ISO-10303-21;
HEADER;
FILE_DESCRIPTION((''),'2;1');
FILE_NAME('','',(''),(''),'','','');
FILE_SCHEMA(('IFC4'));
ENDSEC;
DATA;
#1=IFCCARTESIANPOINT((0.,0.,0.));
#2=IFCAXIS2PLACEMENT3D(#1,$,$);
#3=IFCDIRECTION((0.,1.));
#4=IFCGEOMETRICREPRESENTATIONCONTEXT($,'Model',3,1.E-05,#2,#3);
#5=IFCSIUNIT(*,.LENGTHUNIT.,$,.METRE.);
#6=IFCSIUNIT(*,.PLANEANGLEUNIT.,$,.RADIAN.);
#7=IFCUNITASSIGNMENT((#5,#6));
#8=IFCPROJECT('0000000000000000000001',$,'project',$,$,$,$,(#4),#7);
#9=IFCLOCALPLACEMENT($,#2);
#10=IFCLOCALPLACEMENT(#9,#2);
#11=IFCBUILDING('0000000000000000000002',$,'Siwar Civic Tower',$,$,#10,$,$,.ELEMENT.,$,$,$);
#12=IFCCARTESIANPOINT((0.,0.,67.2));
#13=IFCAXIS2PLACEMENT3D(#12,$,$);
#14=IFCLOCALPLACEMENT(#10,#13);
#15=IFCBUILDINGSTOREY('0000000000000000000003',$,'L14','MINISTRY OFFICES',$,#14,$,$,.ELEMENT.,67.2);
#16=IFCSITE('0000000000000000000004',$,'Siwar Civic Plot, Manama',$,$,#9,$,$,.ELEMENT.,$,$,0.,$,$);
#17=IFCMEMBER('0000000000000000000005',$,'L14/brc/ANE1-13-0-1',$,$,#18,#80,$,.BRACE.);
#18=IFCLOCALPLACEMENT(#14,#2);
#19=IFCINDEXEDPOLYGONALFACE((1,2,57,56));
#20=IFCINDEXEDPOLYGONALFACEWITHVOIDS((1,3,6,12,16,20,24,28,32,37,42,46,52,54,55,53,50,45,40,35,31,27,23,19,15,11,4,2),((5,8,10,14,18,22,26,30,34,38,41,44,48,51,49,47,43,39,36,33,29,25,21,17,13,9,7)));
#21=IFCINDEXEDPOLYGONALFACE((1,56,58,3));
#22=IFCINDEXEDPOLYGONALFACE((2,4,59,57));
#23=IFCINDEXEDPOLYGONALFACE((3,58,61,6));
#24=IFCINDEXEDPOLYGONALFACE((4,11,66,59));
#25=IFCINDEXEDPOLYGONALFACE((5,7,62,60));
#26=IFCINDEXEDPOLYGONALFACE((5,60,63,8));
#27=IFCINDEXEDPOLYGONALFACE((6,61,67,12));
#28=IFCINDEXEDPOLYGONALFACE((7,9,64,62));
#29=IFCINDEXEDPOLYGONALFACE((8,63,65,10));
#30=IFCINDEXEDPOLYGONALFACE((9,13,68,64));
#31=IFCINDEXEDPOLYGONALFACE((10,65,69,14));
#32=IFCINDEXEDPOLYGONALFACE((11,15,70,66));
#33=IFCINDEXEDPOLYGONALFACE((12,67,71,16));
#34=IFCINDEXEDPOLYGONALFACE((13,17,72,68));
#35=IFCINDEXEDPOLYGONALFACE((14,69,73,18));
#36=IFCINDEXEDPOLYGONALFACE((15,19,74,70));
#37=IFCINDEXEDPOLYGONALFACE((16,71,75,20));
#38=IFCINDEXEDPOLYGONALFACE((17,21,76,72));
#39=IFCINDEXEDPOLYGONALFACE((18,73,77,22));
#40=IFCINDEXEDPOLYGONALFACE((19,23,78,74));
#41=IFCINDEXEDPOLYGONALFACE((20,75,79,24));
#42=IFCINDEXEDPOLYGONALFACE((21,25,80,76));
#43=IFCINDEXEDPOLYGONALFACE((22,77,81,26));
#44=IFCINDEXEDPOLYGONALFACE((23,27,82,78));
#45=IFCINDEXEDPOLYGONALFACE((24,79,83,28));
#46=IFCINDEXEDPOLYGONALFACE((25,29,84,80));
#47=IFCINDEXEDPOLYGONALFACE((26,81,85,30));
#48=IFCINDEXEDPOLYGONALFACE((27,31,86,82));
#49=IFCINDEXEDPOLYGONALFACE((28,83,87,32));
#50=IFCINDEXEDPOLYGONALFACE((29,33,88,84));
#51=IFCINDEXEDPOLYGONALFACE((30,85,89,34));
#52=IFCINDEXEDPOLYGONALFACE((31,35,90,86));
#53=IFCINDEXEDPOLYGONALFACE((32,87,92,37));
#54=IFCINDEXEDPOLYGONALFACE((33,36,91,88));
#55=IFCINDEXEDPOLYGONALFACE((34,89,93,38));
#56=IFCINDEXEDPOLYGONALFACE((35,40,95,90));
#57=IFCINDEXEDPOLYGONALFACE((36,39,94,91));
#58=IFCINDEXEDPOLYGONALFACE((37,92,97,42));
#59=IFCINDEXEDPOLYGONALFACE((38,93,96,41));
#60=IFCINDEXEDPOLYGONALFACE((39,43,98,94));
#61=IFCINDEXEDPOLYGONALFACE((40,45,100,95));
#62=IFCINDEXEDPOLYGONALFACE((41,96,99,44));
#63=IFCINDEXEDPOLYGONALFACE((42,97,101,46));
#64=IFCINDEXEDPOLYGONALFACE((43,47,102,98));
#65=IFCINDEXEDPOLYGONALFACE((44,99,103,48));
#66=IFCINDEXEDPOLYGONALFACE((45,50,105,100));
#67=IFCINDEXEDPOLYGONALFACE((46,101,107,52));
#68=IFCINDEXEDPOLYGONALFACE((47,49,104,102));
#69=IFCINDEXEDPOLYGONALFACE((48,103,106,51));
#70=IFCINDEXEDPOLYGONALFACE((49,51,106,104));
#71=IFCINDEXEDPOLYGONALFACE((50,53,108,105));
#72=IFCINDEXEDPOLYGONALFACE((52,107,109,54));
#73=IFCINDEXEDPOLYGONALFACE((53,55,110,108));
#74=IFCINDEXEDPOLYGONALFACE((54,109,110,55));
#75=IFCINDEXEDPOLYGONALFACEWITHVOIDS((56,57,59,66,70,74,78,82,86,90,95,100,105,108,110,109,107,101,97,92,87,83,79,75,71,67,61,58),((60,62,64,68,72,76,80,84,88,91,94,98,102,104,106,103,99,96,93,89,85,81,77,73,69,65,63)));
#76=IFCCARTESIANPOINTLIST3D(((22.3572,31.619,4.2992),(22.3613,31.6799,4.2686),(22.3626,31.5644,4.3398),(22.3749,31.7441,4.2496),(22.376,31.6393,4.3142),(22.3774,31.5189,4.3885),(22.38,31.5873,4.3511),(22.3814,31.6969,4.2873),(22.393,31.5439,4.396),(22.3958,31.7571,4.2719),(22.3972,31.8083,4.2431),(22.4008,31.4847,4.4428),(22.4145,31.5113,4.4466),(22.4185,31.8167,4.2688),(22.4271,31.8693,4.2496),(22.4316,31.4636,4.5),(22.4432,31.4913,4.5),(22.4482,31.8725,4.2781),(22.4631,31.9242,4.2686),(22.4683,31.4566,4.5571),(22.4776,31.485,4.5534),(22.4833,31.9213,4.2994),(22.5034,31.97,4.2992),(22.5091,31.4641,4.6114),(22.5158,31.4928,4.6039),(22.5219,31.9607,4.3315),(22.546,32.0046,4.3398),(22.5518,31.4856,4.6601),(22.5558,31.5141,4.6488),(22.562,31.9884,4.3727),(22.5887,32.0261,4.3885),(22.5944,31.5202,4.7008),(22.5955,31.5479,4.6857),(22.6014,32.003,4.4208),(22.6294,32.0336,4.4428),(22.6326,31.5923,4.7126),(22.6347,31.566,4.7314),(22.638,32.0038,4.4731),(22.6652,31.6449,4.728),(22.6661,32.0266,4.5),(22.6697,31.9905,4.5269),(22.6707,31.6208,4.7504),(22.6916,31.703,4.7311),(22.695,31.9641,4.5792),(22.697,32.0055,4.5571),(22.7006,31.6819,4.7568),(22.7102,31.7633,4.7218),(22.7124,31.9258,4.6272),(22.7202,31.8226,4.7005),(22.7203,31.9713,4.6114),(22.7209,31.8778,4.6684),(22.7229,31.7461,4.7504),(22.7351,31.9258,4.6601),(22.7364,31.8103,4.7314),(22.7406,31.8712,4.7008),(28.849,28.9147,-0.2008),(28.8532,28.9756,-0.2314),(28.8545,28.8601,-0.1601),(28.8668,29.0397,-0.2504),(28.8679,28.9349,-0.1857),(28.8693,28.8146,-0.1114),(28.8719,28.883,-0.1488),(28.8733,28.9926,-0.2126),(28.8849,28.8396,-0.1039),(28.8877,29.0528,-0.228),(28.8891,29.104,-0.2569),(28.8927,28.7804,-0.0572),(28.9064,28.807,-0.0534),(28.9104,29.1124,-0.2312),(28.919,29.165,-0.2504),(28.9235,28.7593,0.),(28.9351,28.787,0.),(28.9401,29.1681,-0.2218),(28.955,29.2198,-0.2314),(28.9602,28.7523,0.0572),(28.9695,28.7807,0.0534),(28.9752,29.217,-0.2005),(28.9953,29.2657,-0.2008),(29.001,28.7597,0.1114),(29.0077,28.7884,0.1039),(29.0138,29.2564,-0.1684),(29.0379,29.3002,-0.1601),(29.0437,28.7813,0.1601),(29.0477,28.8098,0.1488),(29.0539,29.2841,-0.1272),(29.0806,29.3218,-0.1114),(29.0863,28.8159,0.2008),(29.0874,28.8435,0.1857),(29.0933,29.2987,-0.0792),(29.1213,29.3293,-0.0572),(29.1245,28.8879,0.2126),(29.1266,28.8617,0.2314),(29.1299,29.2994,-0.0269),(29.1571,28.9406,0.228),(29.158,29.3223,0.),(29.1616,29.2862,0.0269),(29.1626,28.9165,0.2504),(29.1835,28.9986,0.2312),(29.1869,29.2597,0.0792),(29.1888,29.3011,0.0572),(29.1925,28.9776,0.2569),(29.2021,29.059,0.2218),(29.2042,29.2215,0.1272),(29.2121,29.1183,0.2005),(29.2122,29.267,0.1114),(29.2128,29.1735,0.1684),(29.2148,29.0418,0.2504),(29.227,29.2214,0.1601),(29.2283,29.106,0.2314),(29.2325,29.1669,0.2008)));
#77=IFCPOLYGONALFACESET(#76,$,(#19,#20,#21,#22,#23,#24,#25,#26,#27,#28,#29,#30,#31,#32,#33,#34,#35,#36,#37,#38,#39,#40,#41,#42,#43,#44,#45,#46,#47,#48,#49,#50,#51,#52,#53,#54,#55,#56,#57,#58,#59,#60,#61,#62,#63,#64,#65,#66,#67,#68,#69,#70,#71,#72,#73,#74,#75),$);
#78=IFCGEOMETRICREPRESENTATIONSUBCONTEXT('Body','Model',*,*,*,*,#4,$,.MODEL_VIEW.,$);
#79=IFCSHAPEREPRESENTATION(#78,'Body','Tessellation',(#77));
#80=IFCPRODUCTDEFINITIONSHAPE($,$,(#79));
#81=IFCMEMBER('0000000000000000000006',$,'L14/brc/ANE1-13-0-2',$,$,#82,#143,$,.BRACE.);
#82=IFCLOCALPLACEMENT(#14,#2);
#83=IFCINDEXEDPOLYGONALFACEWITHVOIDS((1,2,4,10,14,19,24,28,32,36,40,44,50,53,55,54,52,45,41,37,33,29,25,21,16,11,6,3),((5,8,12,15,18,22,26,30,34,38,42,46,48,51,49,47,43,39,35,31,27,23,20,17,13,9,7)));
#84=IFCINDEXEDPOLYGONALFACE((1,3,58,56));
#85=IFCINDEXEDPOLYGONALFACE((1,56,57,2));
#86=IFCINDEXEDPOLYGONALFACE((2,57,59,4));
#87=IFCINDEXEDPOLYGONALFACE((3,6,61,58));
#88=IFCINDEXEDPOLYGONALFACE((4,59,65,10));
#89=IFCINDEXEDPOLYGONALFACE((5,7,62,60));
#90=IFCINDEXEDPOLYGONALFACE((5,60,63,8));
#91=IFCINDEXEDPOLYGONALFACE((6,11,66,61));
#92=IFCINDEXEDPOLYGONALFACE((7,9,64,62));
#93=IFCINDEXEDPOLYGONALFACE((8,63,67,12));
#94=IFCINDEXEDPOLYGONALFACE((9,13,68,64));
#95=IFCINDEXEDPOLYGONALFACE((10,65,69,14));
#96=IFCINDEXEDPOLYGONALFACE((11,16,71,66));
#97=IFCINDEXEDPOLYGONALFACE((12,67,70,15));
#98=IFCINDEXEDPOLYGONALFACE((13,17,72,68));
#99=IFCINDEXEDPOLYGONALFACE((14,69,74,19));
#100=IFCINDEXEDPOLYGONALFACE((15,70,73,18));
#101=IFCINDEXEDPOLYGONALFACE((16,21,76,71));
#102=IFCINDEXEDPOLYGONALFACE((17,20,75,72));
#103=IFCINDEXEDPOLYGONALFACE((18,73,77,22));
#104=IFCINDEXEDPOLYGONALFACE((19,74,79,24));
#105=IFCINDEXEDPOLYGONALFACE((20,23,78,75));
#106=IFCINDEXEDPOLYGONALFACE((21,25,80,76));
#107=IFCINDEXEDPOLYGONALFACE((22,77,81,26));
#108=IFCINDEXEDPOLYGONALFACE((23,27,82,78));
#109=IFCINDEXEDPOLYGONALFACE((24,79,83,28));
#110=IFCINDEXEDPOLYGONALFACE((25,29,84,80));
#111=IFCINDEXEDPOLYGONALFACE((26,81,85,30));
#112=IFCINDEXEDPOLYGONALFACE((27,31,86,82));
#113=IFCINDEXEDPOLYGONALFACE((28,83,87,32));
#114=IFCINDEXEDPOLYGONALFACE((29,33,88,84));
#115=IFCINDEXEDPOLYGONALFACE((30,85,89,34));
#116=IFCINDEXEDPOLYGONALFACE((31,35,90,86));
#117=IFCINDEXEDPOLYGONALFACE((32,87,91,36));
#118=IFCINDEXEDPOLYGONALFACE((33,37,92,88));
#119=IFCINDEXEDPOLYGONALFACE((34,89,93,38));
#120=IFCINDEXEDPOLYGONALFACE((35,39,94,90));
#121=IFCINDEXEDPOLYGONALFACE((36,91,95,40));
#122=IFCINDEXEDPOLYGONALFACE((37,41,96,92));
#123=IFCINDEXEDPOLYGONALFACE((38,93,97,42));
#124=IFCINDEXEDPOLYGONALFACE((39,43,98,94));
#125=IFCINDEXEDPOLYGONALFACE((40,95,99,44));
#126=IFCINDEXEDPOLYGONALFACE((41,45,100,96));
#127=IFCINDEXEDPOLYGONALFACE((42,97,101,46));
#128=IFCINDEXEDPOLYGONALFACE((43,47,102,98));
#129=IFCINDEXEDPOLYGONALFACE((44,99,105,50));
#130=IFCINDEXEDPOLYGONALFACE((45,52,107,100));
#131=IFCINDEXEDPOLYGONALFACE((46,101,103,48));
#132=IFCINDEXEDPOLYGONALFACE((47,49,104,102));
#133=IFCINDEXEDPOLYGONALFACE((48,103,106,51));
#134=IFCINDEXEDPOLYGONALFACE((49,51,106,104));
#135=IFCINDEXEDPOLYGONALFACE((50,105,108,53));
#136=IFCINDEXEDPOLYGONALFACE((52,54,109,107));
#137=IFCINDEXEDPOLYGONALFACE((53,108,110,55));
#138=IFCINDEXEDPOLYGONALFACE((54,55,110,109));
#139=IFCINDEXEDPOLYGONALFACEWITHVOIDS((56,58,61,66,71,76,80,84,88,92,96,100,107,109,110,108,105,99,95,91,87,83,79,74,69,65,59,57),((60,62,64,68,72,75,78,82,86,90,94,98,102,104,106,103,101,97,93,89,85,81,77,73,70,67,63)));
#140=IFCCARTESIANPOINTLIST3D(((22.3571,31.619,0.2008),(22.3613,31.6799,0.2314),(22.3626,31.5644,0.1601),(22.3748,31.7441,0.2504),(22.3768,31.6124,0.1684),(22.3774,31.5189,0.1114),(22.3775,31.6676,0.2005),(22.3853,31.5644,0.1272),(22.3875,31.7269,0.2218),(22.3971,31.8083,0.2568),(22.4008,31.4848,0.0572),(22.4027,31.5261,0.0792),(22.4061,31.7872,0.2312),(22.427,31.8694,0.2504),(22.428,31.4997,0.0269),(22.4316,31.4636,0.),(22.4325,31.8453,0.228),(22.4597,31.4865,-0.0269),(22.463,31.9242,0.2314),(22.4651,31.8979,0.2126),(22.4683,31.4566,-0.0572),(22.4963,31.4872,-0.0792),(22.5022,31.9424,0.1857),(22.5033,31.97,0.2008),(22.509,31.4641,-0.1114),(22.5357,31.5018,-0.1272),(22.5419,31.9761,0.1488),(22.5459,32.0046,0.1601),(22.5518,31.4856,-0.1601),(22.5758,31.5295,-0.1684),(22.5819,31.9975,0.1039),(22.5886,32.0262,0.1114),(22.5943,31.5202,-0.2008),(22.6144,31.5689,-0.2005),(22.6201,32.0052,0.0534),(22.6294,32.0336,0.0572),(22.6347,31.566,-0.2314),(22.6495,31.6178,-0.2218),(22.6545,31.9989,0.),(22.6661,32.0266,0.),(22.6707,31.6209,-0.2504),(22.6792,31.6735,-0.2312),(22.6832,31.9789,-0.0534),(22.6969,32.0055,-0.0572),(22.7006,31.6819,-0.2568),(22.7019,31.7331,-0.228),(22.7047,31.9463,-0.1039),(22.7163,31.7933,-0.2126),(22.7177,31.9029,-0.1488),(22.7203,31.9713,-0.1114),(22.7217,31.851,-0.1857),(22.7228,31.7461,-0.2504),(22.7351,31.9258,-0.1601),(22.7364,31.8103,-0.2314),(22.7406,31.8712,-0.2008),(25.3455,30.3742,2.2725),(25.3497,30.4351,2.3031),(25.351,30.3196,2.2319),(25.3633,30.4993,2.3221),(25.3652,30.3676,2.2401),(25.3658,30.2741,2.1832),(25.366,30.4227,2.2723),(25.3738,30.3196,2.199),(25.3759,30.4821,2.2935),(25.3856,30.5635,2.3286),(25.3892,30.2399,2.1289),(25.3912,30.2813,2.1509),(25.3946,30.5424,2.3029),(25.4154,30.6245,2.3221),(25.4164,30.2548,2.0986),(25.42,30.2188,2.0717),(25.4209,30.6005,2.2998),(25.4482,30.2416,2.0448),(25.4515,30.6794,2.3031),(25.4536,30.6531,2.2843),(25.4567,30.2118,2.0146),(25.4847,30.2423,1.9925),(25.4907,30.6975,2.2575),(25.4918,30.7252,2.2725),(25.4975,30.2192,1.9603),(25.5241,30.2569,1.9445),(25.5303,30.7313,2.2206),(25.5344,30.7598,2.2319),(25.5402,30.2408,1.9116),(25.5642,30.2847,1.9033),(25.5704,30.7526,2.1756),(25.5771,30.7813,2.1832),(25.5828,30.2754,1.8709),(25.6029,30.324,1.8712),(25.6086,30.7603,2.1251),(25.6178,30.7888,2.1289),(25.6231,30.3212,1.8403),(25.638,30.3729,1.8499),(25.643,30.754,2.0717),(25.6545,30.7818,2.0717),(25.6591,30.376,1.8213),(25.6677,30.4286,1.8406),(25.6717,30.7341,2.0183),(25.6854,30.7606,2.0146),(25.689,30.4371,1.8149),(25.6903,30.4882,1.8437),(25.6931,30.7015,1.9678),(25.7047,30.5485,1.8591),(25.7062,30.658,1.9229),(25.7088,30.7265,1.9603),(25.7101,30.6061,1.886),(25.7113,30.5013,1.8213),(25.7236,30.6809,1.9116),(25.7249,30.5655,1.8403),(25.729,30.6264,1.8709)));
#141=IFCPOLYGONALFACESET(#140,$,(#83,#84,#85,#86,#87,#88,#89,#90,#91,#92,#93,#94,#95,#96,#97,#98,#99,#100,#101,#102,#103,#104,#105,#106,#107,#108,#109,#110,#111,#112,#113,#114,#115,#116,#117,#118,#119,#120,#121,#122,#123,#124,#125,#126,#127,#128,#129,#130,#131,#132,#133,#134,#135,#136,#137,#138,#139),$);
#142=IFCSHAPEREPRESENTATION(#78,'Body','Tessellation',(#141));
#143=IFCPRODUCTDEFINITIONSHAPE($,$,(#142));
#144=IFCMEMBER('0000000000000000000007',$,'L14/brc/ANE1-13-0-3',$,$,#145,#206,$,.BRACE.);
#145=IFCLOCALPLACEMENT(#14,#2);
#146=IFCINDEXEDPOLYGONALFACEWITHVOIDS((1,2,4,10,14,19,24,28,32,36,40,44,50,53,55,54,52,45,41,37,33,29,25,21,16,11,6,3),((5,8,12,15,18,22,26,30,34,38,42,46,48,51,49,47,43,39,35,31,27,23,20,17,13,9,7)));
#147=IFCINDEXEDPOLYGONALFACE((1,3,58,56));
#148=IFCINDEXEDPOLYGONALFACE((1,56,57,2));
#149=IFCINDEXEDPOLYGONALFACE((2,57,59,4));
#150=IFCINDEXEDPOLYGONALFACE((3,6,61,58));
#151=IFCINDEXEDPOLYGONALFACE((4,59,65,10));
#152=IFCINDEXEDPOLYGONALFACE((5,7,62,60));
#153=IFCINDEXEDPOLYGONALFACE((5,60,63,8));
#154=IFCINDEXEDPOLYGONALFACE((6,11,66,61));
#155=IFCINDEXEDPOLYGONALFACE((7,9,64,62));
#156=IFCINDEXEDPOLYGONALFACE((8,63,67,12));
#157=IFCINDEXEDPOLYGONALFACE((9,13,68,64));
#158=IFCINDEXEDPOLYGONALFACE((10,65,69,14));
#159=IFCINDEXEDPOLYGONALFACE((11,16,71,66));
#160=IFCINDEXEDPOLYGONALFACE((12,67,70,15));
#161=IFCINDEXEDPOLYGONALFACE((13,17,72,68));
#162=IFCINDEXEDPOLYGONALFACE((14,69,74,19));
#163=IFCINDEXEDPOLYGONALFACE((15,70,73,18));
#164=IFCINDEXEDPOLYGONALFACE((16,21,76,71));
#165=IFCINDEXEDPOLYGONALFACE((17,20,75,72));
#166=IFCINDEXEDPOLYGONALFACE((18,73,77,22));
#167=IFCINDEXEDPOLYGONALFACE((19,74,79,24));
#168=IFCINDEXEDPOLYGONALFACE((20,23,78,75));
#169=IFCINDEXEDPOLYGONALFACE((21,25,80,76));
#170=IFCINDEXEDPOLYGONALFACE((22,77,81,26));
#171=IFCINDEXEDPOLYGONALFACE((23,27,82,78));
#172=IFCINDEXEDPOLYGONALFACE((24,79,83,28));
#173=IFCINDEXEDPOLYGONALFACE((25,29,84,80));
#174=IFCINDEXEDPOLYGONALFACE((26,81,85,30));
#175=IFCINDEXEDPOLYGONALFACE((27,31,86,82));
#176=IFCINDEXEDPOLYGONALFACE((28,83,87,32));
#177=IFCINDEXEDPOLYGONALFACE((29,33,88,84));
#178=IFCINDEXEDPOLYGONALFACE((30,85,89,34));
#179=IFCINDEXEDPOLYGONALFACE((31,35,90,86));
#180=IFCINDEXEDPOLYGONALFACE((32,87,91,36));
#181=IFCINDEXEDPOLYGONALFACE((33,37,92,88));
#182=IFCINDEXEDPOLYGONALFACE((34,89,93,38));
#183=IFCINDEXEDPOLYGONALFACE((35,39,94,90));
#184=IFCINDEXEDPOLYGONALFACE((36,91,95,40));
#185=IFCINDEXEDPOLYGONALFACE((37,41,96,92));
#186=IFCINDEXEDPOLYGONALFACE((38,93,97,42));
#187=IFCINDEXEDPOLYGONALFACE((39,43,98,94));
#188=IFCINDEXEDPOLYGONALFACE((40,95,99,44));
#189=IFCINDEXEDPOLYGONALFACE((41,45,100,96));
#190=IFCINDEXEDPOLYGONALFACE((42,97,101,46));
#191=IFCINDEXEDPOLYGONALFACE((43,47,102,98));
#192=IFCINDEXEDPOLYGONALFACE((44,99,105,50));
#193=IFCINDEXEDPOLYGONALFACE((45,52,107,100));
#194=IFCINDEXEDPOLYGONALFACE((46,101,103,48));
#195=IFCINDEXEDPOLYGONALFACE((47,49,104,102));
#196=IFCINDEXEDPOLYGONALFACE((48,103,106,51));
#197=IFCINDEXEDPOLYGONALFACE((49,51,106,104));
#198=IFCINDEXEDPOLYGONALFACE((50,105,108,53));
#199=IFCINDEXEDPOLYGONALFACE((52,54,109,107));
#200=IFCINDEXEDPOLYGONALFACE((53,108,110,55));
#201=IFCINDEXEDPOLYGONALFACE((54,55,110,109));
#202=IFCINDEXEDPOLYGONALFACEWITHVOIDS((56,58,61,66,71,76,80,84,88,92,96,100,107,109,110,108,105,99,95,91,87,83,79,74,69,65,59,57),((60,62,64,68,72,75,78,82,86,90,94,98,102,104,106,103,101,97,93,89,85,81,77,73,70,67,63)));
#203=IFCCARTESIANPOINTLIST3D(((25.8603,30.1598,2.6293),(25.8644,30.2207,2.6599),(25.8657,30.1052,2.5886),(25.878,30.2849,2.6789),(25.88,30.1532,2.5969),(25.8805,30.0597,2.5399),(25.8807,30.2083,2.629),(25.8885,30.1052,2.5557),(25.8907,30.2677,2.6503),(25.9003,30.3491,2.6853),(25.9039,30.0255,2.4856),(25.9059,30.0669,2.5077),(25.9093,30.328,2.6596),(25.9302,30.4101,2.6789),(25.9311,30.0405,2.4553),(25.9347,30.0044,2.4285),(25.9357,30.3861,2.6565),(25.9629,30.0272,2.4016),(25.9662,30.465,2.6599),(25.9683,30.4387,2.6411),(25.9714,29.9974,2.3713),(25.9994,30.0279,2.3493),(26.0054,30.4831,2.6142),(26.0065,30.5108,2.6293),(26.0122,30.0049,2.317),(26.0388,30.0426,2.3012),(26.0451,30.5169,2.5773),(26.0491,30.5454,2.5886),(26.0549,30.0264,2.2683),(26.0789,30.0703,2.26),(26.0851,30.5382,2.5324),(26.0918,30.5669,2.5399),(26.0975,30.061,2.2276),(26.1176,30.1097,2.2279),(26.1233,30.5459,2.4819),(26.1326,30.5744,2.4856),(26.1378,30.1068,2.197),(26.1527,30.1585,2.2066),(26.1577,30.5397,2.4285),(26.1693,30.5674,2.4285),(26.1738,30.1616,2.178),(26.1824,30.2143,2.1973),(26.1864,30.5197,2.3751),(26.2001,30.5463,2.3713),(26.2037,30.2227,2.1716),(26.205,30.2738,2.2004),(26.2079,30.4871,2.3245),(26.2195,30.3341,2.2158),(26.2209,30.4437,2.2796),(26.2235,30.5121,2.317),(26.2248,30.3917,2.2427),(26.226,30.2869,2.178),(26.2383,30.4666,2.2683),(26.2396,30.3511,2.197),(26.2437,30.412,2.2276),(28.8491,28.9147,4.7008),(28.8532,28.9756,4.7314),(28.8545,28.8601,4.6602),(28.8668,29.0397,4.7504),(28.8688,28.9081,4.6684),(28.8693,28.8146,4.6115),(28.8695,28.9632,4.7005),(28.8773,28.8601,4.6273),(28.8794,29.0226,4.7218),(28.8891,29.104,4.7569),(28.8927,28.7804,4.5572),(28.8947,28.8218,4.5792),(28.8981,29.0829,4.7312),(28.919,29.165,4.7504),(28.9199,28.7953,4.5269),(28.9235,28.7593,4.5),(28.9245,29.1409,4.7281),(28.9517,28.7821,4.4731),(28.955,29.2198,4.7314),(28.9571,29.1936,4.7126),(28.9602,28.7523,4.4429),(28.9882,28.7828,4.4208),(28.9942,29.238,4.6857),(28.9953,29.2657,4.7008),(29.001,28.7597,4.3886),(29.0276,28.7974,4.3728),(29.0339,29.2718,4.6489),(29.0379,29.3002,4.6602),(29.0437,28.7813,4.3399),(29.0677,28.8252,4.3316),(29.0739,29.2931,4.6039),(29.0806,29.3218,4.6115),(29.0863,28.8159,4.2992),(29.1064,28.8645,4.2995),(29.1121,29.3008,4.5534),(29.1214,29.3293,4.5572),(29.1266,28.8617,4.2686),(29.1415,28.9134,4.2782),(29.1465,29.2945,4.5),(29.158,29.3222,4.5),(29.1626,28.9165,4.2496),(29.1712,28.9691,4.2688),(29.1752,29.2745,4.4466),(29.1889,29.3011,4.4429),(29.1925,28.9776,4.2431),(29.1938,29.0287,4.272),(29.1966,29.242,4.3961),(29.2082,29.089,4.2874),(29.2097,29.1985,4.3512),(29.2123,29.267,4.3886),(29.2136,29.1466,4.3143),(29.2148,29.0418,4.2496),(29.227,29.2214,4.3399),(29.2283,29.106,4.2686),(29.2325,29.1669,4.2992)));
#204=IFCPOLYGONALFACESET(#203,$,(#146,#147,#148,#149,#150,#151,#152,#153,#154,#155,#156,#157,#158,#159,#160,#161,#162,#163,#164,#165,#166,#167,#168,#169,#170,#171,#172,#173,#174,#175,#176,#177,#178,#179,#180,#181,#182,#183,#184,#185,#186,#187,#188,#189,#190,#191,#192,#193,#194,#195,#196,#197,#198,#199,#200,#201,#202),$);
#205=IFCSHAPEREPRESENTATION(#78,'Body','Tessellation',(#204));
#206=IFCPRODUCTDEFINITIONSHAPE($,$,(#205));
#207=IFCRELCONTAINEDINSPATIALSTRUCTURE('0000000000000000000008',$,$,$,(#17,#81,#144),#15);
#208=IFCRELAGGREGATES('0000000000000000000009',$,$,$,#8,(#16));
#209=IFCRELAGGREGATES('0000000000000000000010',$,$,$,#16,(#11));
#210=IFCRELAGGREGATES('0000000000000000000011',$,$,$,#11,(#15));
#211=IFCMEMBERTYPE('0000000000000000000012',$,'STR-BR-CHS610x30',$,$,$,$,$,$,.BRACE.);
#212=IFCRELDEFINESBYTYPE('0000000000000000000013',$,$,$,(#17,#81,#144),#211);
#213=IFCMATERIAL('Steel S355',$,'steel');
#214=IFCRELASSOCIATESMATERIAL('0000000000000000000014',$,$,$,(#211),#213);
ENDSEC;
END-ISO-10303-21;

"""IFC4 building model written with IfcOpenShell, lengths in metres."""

from ifc_helpers import new_model, si_unit, direction, frame, origin, origin_2d, place, context, subcontext, project, spatial, hollow_circle, extrude, material, material_profile, profile_set, type_object, element, save


model = new_model("IFC4")

# Units and contexts
model_context = context("Model", 3, precision=1e-05, world=origin(), true_north=direction((0.0, 1.0)))
body_context = subcontext(model_context, "Body", "Model", "MODEL_VIEW")
ifc_project = project(units=[si_unit("LENGTHUNIT", "METRE"), si_unit("PLANEANGLEUNIT", "RADIAN")], contexts=[model_context])

# Site, building, storey
site_placement = place(None, origin())
site = spatial("IfcSite", under=ifc_project, at=site_placement, Name="Siwar Civic Plot, Manama", CompositionType="ELEMENT", RefElevation=0.0)
building_placement = place(site_placement, origin())
building = spatial("IfcBuilding", under=site, at=building_placement, Name="Siwar Civic Tower", CompositionType="ELEMENT")
storey_placement = place(building_placement, frame((0.0, 0.0, 67.2)))
storey = spatial("IfcBuildingStorey", under=building, at=storey_placement, Name="L14", Description="MINISTRY OFFICES", CompositionType="ELEMENT", Elevation=67.2)

# Members
ifc_material_1 = material(Name="Steel S355", Category="steel")
ifc_material_profile_1 = material_profile(ifc_material_1, hollow_circle(Radius=0.3049, WallThickness=0.03, at=origin_2d()), Name="CHS610x30")
ifc_profile_set_1 = profile_set([ifc_material_profile_1], Name="Steel S355")
member_type_1 = type_object("IfcMemberType", Name="STR-BR-CHS610x30", PredefinedType="BRACE", material=ifc_profile_set_1)
member_1_placement = place(storey_placement, frame((29.0408, 29.0408, 0.0), z_axis=(-0.777555, 0.323906, 0.538975), x_axis=(-0.384539, -0.923109, 0.0)))
element("IfcMember", 1, at=member_1_placement, inside=storey, type_object=member_type_1, Name="L14/brc/ANE1-13-0-1", PredefinedType="BRACE", context=body_context, shape_type="SweptSolid", body=[
    extrude(hollow_circle(Radius=0.3049, WallThickness=0.03, at=origin_2d()), origin(), (0.0, 0.0, 1.0), 8.3491),
])
member_2_placement = place(storey_placement, frame((22.5488, 31.7451, 0.0), z_axis=(0.777533, -0.323882, 0.53902), x_axis=(0.384524, 0.923115, 0.0)))
element("IfcMember", 2, at=member_2_placement, inside=storey, type_object=member_type_1, Name="L14/brc/ANE1-13-0-2", PredefinedType="BRACE", context=body_context, shape_type="SweptSolid", body=[
    extrude(hollow_circle(Radius=0.3049, WallThickness=0.03, at=origin_2d()), origin(), (0.0, 0.0, 1.0), 3.8435),
])
member_3_placement = place(storey_placement, frame((26.052, 30.2859, 2.4285), z_axis=(0.777569, -0.323934, 0.538937), x_axis=(0.384562, 0.923099, 0.0)))
element("IfcMember", 3, at=member_3_placement, inside=storey, type_object=member_type_1, Name="L14/brc/ANE1-13-0-3", PredefinedType="BRACE", context=body_context, shape_type="SweptSolid", body=[
    extrude(hollow_circle(Radius=0.3049, WallThickness=0.03, at=origin_2d()), origin(), (0.0, 0.0, 1.0), 3.8438),
])

save(model, "model.ifc")
